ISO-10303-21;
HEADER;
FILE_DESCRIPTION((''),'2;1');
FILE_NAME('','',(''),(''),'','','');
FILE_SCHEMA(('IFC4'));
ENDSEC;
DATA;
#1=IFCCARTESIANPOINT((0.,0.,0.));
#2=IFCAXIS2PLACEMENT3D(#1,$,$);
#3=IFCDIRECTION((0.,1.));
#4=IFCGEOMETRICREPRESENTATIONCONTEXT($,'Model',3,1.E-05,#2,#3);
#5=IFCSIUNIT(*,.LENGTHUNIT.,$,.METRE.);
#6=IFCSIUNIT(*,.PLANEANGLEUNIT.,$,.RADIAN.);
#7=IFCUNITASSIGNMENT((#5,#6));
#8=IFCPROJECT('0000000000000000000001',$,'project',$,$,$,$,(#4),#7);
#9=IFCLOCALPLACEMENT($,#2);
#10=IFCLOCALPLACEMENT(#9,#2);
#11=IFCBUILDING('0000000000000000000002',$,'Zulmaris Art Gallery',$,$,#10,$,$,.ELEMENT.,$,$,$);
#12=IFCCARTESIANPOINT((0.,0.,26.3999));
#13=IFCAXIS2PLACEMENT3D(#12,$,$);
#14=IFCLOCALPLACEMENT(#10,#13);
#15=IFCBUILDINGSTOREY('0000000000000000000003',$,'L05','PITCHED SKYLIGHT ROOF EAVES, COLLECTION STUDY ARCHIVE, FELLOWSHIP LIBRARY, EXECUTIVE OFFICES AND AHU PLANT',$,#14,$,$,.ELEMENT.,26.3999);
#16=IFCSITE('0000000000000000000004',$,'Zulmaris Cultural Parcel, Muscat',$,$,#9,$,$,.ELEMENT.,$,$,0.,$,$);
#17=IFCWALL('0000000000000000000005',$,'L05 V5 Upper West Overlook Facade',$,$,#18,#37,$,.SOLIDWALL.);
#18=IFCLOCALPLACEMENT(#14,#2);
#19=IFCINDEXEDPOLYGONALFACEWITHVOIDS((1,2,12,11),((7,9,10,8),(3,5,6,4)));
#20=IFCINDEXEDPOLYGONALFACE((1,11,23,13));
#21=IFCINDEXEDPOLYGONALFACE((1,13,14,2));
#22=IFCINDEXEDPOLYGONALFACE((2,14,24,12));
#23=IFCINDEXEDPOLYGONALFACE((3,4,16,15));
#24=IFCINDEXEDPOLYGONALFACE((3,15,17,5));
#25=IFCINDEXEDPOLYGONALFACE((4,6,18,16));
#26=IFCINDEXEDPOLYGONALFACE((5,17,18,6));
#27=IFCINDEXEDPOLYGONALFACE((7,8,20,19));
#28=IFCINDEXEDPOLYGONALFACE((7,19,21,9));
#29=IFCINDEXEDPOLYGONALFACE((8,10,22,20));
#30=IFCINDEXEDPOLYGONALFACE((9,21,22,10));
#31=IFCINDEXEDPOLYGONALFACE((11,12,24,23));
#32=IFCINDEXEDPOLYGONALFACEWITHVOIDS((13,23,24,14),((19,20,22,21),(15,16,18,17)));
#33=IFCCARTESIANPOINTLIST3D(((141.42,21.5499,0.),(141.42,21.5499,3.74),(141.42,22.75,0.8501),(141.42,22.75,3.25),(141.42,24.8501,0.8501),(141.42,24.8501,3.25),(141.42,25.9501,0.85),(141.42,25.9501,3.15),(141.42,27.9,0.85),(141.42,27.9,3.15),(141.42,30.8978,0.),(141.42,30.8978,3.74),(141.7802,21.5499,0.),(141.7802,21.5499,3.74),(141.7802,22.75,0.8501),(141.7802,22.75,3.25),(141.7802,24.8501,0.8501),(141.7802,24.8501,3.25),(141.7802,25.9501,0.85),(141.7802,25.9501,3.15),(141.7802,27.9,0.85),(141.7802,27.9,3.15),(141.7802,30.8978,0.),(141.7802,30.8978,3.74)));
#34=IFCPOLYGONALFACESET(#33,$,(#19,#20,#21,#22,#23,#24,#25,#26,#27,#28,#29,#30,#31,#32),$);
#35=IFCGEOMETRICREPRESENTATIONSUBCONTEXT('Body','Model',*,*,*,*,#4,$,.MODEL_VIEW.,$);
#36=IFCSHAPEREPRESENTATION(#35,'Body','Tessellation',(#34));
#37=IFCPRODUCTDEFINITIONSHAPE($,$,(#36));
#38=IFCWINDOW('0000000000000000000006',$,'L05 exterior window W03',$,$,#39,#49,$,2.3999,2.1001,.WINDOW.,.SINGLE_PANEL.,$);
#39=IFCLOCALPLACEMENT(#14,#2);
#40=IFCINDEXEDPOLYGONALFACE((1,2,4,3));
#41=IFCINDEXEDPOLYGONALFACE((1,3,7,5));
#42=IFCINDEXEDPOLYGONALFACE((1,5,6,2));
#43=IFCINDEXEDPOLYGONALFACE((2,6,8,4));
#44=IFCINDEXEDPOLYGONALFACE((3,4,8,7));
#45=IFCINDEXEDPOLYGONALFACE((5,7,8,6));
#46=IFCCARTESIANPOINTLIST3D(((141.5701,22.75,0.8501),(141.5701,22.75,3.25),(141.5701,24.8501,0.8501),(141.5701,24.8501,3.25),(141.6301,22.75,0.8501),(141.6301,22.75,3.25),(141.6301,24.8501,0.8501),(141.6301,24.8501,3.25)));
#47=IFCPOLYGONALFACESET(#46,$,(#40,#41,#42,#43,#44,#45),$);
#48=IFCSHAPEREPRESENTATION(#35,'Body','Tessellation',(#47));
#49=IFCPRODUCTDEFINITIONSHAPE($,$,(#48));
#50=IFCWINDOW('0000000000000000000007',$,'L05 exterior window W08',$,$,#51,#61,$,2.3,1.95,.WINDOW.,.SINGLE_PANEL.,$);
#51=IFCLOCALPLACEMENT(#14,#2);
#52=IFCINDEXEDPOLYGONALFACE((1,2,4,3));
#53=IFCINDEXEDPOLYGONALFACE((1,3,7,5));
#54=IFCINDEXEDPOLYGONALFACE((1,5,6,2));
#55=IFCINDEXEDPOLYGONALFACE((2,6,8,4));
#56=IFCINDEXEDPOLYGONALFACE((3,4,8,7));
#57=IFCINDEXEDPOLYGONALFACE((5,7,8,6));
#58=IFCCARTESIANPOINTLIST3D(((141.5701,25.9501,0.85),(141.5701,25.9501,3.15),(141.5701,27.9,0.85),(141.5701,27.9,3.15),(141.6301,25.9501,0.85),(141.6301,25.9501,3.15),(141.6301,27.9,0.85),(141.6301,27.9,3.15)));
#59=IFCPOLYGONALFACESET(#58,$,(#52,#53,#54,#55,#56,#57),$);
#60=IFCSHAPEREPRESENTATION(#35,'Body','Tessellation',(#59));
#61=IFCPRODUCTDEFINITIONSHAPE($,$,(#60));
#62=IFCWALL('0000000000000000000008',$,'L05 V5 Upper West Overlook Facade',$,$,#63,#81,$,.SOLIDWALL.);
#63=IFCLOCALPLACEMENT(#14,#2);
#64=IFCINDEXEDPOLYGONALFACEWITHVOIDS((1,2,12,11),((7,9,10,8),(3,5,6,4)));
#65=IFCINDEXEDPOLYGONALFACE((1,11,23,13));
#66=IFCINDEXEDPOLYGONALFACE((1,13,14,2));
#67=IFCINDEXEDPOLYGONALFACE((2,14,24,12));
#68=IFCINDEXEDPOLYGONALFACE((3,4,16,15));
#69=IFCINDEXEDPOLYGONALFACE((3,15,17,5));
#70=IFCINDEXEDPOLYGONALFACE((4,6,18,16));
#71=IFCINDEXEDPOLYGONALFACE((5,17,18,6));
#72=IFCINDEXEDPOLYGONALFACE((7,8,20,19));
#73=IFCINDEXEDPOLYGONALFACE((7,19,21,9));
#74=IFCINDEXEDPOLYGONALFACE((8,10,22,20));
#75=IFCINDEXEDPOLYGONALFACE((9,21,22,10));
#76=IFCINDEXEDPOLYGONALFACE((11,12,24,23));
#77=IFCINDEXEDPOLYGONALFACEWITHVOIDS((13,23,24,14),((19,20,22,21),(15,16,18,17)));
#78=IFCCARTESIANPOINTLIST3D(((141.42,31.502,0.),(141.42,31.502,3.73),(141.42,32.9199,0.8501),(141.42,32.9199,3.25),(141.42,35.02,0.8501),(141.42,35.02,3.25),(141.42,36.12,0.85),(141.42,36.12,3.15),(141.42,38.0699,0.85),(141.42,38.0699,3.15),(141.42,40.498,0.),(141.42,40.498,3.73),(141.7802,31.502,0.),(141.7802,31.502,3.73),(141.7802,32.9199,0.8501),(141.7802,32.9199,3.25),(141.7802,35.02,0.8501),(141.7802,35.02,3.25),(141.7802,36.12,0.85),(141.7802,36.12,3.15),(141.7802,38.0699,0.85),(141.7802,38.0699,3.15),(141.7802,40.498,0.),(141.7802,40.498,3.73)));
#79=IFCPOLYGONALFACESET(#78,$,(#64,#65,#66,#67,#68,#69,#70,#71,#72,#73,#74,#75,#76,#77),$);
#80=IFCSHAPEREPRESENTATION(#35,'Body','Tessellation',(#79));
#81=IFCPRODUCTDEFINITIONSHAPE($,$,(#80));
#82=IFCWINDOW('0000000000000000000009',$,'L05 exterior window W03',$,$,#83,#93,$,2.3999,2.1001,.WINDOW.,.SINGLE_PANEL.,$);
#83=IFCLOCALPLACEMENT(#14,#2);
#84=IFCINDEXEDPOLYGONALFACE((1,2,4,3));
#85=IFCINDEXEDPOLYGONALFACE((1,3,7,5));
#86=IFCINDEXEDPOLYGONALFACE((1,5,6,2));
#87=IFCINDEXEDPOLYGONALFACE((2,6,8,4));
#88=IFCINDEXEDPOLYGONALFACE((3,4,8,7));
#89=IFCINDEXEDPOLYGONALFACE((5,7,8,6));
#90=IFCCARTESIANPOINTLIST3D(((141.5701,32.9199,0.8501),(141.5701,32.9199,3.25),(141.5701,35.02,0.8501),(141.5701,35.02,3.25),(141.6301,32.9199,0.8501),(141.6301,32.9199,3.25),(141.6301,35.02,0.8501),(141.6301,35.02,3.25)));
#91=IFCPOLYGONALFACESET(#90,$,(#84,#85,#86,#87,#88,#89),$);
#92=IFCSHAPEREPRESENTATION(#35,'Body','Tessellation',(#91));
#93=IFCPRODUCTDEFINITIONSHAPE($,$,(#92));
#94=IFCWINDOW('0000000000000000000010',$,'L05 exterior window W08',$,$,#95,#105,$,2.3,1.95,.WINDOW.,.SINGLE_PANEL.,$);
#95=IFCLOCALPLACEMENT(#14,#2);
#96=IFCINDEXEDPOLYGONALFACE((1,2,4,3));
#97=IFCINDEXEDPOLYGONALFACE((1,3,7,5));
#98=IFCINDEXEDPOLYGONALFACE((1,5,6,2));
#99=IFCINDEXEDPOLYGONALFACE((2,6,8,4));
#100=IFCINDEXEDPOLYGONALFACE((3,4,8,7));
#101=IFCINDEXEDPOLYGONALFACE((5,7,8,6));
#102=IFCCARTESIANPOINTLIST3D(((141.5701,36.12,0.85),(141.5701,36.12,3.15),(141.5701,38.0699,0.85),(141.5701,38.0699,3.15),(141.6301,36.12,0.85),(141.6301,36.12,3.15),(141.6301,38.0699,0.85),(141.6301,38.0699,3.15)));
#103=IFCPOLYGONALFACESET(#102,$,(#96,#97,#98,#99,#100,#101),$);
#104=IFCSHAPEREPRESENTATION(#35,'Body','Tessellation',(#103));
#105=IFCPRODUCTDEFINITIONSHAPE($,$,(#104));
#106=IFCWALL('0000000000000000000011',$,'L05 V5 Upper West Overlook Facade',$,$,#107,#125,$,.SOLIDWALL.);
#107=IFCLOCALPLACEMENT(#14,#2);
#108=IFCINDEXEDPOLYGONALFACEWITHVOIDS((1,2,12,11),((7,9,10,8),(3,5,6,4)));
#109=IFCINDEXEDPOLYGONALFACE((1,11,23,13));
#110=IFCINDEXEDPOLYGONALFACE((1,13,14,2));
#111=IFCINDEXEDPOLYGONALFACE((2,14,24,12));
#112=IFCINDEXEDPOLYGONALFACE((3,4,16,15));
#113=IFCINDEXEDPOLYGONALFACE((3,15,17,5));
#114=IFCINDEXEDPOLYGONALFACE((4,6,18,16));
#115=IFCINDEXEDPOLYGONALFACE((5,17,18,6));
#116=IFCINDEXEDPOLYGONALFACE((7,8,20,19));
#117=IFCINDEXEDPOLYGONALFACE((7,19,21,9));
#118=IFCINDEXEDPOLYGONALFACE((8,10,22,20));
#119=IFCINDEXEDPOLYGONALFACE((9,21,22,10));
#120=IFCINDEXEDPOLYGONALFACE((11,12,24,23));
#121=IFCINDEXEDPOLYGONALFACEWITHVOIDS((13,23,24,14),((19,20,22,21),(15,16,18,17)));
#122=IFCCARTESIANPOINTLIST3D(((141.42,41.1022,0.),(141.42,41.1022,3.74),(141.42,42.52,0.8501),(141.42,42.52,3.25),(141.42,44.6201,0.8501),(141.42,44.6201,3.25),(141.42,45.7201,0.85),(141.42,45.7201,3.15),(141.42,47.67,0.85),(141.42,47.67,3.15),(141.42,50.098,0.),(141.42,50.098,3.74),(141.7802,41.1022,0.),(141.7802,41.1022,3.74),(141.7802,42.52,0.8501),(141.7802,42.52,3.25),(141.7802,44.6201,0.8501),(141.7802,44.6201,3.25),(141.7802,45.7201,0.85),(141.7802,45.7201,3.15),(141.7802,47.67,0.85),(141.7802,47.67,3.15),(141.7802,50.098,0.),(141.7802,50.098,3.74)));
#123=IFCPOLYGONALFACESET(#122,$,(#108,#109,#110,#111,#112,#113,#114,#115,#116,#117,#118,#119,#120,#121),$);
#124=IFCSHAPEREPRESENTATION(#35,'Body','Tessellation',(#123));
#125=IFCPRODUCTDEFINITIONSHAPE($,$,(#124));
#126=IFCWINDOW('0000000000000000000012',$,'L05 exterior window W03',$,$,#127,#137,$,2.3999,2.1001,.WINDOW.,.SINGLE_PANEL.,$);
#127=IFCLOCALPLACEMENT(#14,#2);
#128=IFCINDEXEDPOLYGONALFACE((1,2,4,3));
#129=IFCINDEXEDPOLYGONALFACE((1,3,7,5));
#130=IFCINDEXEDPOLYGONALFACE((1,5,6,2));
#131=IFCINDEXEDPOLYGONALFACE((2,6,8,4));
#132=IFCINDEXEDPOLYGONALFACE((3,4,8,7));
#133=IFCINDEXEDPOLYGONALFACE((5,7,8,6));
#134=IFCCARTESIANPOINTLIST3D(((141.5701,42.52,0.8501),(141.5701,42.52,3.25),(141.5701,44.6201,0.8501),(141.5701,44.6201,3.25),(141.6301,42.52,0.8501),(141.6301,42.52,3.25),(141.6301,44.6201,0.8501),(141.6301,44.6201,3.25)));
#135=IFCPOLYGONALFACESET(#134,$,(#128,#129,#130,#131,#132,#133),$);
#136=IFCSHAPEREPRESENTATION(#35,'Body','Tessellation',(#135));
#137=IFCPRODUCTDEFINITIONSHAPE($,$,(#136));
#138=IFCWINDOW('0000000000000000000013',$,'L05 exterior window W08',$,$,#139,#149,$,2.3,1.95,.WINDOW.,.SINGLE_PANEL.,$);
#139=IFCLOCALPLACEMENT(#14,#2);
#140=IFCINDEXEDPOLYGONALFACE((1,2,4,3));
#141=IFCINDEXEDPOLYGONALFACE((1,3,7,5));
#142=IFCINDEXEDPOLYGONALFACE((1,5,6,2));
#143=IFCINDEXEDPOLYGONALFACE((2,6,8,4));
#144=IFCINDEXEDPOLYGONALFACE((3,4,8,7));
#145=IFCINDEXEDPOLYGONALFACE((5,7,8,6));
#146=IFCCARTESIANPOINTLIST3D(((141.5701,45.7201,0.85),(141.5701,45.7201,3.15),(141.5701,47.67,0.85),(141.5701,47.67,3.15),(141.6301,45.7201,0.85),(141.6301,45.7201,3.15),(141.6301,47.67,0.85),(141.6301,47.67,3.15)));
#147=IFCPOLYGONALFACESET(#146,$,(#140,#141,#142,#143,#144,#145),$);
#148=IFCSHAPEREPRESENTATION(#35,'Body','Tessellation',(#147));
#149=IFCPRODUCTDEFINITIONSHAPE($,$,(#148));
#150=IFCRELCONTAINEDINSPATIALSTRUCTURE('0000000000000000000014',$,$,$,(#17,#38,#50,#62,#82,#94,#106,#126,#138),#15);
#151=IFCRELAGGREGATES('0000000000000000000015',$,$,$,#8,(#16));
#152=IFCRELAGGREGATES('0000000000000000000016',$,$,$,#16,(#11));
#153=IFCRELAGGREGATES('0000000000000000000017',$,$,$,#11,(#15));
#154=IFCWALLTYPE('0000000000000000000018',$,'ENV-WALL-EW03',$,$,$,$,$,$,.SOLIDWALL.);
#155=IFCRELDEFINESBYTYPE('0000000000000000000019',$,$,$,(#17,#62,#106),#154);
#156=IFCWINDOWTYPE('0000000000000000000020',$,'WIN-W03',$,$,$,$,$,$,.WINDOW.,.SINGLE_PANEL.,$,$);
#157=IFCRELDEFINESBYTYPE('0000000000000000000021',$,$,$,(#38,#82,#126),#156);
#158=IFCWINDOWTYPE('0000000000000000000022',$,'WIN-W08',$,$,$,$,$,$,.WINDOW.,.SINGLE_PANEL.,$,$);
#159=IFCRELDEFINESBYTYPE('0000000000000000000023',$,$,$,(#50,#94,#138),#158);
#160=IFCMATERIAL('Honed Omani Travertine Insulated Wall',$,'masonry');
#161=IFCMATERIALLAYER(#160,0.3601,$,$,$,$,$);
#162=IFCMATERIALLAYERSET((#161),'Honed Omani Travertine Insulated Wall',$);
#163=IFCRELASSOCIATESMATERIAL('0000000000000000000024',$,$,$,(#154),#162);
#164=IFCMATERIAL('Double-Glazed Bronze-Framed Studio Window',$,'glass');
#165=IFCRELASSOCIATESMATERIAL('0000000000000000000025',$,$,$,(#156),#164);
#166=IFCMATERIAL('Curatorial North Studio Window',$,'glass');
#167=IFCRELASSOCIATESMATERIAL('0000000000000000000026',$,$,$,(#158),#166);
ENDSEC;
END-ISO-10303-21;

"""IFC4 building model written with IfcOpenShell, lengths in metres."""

from ifc_helpers import new_model, si_unit, direction, frame, frame_2d, origin, place, context, subcontext, project, spatial, rectangle, extrude, material, layer, layer_set, type_object, element, fill, save


model = new_model("IFC4")

# Units and contexts
model_context = context("Model", 3, precision=1e-05, world=origin(), true_north=direction((0.0, 1.0)))
body_context = subcontext(model_context, "Body", "Model", "MODEL_VIEW")
ifc_project = project(units=[si_unit("LENGTHUNIT", "METRE"), si_unit("PLANEANGLEUNIT", "RADIAN")], contexts=[model_context])

# Site, building, storey
site_placement = place(None, origin())
site = spatial("IfcSite", under=ifc_project, at=site_placement, Name="Zulmaris Cultural Parcel, Muscat", CompositionType="ELEMENT", RefElevation=0.0)
building_placement = place(site_placement, origin())
building = spatial("IfcBuilding", under=site, at=building_placement, Name="Zulmaris Art Gallery", CompositionType="ELEMENT")
storey_placement = place(building_placement, frame((0.0, 0.0, 26.3999)))
storey = spatial("IfcBuildingStorey", under=building, at=storey_placement, Name="L05", Description="PITCHED SKYLIGHT ROOF EAVES, COLLECTION STUDY ARCHIVE, FELLOWSHIP LIBRARY, EXECUTIVE OFFICES AND AHU PLANT", CompositionType="ELEMENT", Elevation=26.3999)

# Walls, openings, windows
ifc_material_1 = material(Name="Honed Omani Travertine Insulated Wall", Category="masonry")
ifc_layer_1 = layer(ifc_material_1, 0.3601)
ifc_layer_set_1 = layer_set([ifc_layer_1], Name="Honed Omani Travertine Insulated Wall")
wall_type_1 = type_object("IfcWallType", Name="ENV-WALL-EW03", PredefinedType="SOLIDWALL", material=ifc_layer_set_1)
wall_1_placement = place(storey_placement, frame((141.6001, 21.55, 0.0), z_axis=(0.0, 0.0, 1.0), x_axis=(0.0, 1.0, 0.0)))
wall_1 = element("IfcWall", 1, at=wall_1_placement, inside=storey, type_object=wall_type_1, Name="L05 V5 Upper West Overlook Facade", PredefinedType="SOLIDWALL", context=body_context, shape_type="SweptSolid", body=[
    extrude(rectangle(XDim=9.3479, YDim=0.3601, at=frame_2d((4.6738, 0.0))), origin(), (0.0, 0.0, 1.0), 3.74),
])
opening_1_placement = place(wall_1_placement, frame((1.2, 0.0, 0.8501)))
opening_1 = element("IfcOpeningElement", 2, at=opening_1_placement, cuts=wall_1, PredefinedType="OPENING", context=body_context, shape_type="SweptSolid", body=[
    extrude(rectangle(XDim=2.1001, YDim=2.3999, at=frame_2d((1.05, 1.2))), frame((0.0, 0.1899, 0.0), z_axis=(0.0, -1.0, 0.0), x_axis=(1.0, 0.0, 0.0)), (0.0, 0.0, 1.0), 0.3801),
])
opening_2_placement = place(wall_1_placement, frame((4.3999, 0.0, 0.8501)))
opening_2 = element("IfcOpeningElement", 3, at=opening_2_placement, cuts=wall_1, PredefinedType="OPENING", context=body_context, shape_type="SweptSolid", body=[
    extrude(rectangle(XDim=1.95, YDim=2.3, at=frame_2d((0.9751, 1.1499))), frame((0.0, 0.1899, 0.0), z_axis=(0.0, -1.0, 0.0), x_axis=(1.0, 0.0, 0.0)), (0.0, 0.0, 1.0), 0.3801),
])
ifc_material_2 = material(Name="Double-Glazed Bronze-Framed Studio Window", Category="glass")
window_type_1 = type_object("IfcWindowType", Name="WIN-W03", PartitioningType="SINGLE_PANEL", PredefinedType="WINDOW", material=ifc_material_2)
window_1_placement = place(opening_1_placement, origin())
window_1 = element("IfcWindow", 4, at=window_1_placement, inside=storey, type_object=window_type_1, Name="L05 exterior window W03", OverallHeight=2.3999, OverallWidth=2.1001, PartitioningType="SINGLE_PANEL", PredefinedType="WINDOW", context=body_context, shape_type="SweptSolid", body=[
    extrude(rectangle(XDim=2.1001, YDim=2.3999, at=frame_2d((1.05, 1.2))), frame((0.0, 0.03, 0.0), z_axis=(0.0, -1.0, 0.0), x_axis=(1.0, 0.0, 0.0)), (0.0, 0.0, 1.0), 0.0601),
])
fill(opening_1, window_1)
ifc_material_3 = material(Name="Curatorial North Studio Window", Category="glass")
window_type_2 = type_object("IfcWindowType", Name="WIN-W08", PartitioningType="SINGLE_PANEL", PredefinedType="WINDOW", material=ifc_material_3)
window_2_placement = place(opening_2_placement, origin())
window_2 = element("IfcWindow", 5, at=window_2_placement, inside=storey, type_object=window_type_2, Name="L05 exterior window W08", OverallHeight=2.3, OverallWidth=1.95, PartitioningType="SINGLE_PANEL", PredefinedType="WINDOW", context=body_context, shape_type="SweptSolid", body=[
    extrude(rectangle(XDim=1.95, YDim=2.3, at=frame_2d((0.9751, 1.1499))), frame((0.0, 0.03, 0.0), z_axis=(0.0, -1.0, 0.0), x_axis=(1.0, 0.0, 0.0)), (0.0, 0.0, 1.0), 0.0601),
])
fill(opening_2, window_2)
wall_2_placement = place(storey_placement, frame((141.6001, 31.502, 0.0), z_axis=(0.0, 0.0, 1.0), x_axis=(0.0, 1.0, 0.0)))
wall_2 = element("IfcWall", 6, at=wall_2_placement, inside=storey, type_object=wall_type_1, Name="L05 V5 Upper West Overlook Facade", PredefinedType="SOLIDWALL", context=body_context, shape_type="SweptSolid", body=[
    extrude(rectangle(XDim=8.9961, YDim=0.3601, at=frame_2d((4.498, 0.0))), origin(), (0.0, 0.0, 1.0), 3.73),
])
opening_3_placement = place(wall_2_placement, frame((1.418, 0.0, 0.8501)))
opening_3 = element("IfcOpeningElement", 7, at=opening_3_placement, cuts=wall_2, PredefinedType="OPENING", context=body_context, shape_type="SweptSolid", body=[
    extrude(rectangle(XDim=2.1001, YDim=2.3999, at=frame_2d((1.05, 1.2))), frame((0.0, 0.1899, 0.0), z_axis=(0.0, -1.0, 0.0), x_axis=(1.0, 0.0, 0.0)), (0.0, 0.0, 1.0), 0.3801),
])
opening_4_placement = place(wall_2_placement, frame((4.6179, 0.0, 0.8501)))
opening_4 = element("IfcOpeningElement", 8, at=opening_4_placement, cuts=wall_2, PredefinedType="OPENING", context=body_context, shape_type="SweptSolid", body=[
    extrude(rectangle(XDim=1.95, YDim=2.3, at=frame_2d((0.9751, 1.1499))), frame((0.0, 0.1899, 0.0), z_axis=(0.0, -1.0, 0.0), x_axis=(1.0, 0.0, 0.0)), (0.0, 0.0, 1.0), 0.3801),
])
window_3_placement = place(opening_3_placement, origin())
window_3 = element("IfcWindow", 9, at=window_3_placement, inside=storey, type_object=window_type_1, Name="L05 exterior window W03", OverallHeight=2.3999, OverallWidth=2.1001, PartitioningType="SINGLE_PANEL", PredefinedType="WINDOW", context=body_context, shape_type="SweptSolid", body=[
    extrude(rectangle(XDim=2.1001, YDim=2.3999, at=frame_2d((1.05, 1.2))), frame((0.0, 0.03, 0.0), z_axis=(0.0, -1.0, 0.0), x_axis=(1.0, 0.0, 0.0)), (0.0, 0.0, 1.0), 0.0601),
])
fill(opening_3, window_3)
window_4_placement = place(opening_4_placement, origin())
window_4 = element("IfcWindow", 10, at=window_4_placement, inside=storey, type_object=window_type_2, Name="L05 exterior window W08", OverallHeight=2.3, OverallWidth=1.95, PartitioningType="SINGLE_PANEL", PredefinedType="WINDOW", context=body_context, shape_type="SweptSolid", body=[
    extrude(rectangle(XDim=1.95, YDim=2.3, at=frame_2d((0.9751, 1.1499))), frame((0.0, 0.03, 0.0), z_axis=(0.0, -1.0, 0.0), x_axis=(1.0, 0.0, 0.0)), (0.0, 0.0, 1.0), 0.0601),
])
fill(opening_4, window_4)
wall_3_placement = place(storey_placement, frame((141.6001, 41.1021, 0.0), z_axis=(0.0, 0.0, 1.0), x_axis=(0.0, 1.0, 0.0)))
wall_3 = element("IfcWall", 11, at=wall_3_placement, inside=storey, type_object=wall_type_1, Name="L05 V5 Upper West Overlook Facade", PredefinedType="SOLIDWALL", context=body_context, shape_type="SweptSolid", body=[
    extrude(rectangle(XDim=8.9958, YDim=0.3601, at=frame_2d((4.498, 0.0))), origin(), (0.0, 0.0, 1.0), 3.74),
])
opening_5_placement = place(wall_3_placement, frame((1.418, 0.0, 0.8501)))
opening_5 = element("IfcOpeningElement", 12, at=opening_5_placement, cuts=wall_3, PredefinedType="OPENING", context=body_context, shape_type="SweptSolid", body=[
    extrude(rectangle(XDim=2.1001, YDim=2.3999, at=frame_2d((1.05, 1.2))), frame((0.0, 0.1899, 0.0), z_axis=(0.0, -1.0, 0.0), x_axis=(1.0, 0.0, 0.0)), (0.0, 0.0, 1.0), 0.3801),
])
opening_6_placement = place(wall_3_placement, frame((4.6179, 0.0, 0.8501)))
opening_6 = element("IfcOpeningElement", 13, at=opening_6_placement, cuts=wall_3, PredefinedType="OPENING", context=body_context, shape_type="SweptSolid", body=[
    extrude(rectangle(XDim=1.95, YDim=2.3, at=frame_2d((0.9751, 1.1499))), frame((0.0, 0.1899, 0.0), z_axis=(0.0, -1.0, 0.0), x_axis=(1.0, 0.0, 0.0)), (0.0, 0.0, 1.0), 0.3801),
])
window_5_placement = place(opening_5_placement, origin())
window_5 = element("IfcWindow", 14, at=window_5_placement, inside=storey, type_object=window_type_1, Name="L05 exterior window W03", OverallHeight=2.3999, OverallWidth=2.1001, PartitioningType="SINGLE_PANEL", PredefinedType="WINDOW", context=body_context, shape_type="SweptSolid", body=[
    extrude(rectangle(XDim=2.1001, YDim=2.3999, at=frame_2d((1.05, 1.2))), frame((0.0, 0.03, 0.0), z_axis=(0.0, -1.0, 0.0), x_axis=(1.0, 0.0, 0.0)), (0.0, 0.0, 1.0), 0.0601),
])
fill(opening_5, window_5)
window_6_placement = place(opening_6_placement, origin())
window_6 = element("IfcWindow", 15, at=window_6_placement, inside=storey, type_object=window_type_2, Name="L05 exterior window W08", OverallHeight=2.3, OverallWidth=1.95, PartitioningType="SINGLE_PANEL", PredefinedType="WINDOW", context=body_context, shape_type="SweptSolid", body=[
    extrude(rectangle(XDim=1.95, YDim=2.3, at=frame_2d((0.9751, 1.1499))), frame((0.0, 0.03, 0.0), z_axis=(0.0, -1.0, 0.0), x_axis=(1.0, 0.0, 0.0)), (0.0, 0.0, 1.0), 0.0601),
])
fill(opening_6, window_6)

save(model, "model.ifc")
